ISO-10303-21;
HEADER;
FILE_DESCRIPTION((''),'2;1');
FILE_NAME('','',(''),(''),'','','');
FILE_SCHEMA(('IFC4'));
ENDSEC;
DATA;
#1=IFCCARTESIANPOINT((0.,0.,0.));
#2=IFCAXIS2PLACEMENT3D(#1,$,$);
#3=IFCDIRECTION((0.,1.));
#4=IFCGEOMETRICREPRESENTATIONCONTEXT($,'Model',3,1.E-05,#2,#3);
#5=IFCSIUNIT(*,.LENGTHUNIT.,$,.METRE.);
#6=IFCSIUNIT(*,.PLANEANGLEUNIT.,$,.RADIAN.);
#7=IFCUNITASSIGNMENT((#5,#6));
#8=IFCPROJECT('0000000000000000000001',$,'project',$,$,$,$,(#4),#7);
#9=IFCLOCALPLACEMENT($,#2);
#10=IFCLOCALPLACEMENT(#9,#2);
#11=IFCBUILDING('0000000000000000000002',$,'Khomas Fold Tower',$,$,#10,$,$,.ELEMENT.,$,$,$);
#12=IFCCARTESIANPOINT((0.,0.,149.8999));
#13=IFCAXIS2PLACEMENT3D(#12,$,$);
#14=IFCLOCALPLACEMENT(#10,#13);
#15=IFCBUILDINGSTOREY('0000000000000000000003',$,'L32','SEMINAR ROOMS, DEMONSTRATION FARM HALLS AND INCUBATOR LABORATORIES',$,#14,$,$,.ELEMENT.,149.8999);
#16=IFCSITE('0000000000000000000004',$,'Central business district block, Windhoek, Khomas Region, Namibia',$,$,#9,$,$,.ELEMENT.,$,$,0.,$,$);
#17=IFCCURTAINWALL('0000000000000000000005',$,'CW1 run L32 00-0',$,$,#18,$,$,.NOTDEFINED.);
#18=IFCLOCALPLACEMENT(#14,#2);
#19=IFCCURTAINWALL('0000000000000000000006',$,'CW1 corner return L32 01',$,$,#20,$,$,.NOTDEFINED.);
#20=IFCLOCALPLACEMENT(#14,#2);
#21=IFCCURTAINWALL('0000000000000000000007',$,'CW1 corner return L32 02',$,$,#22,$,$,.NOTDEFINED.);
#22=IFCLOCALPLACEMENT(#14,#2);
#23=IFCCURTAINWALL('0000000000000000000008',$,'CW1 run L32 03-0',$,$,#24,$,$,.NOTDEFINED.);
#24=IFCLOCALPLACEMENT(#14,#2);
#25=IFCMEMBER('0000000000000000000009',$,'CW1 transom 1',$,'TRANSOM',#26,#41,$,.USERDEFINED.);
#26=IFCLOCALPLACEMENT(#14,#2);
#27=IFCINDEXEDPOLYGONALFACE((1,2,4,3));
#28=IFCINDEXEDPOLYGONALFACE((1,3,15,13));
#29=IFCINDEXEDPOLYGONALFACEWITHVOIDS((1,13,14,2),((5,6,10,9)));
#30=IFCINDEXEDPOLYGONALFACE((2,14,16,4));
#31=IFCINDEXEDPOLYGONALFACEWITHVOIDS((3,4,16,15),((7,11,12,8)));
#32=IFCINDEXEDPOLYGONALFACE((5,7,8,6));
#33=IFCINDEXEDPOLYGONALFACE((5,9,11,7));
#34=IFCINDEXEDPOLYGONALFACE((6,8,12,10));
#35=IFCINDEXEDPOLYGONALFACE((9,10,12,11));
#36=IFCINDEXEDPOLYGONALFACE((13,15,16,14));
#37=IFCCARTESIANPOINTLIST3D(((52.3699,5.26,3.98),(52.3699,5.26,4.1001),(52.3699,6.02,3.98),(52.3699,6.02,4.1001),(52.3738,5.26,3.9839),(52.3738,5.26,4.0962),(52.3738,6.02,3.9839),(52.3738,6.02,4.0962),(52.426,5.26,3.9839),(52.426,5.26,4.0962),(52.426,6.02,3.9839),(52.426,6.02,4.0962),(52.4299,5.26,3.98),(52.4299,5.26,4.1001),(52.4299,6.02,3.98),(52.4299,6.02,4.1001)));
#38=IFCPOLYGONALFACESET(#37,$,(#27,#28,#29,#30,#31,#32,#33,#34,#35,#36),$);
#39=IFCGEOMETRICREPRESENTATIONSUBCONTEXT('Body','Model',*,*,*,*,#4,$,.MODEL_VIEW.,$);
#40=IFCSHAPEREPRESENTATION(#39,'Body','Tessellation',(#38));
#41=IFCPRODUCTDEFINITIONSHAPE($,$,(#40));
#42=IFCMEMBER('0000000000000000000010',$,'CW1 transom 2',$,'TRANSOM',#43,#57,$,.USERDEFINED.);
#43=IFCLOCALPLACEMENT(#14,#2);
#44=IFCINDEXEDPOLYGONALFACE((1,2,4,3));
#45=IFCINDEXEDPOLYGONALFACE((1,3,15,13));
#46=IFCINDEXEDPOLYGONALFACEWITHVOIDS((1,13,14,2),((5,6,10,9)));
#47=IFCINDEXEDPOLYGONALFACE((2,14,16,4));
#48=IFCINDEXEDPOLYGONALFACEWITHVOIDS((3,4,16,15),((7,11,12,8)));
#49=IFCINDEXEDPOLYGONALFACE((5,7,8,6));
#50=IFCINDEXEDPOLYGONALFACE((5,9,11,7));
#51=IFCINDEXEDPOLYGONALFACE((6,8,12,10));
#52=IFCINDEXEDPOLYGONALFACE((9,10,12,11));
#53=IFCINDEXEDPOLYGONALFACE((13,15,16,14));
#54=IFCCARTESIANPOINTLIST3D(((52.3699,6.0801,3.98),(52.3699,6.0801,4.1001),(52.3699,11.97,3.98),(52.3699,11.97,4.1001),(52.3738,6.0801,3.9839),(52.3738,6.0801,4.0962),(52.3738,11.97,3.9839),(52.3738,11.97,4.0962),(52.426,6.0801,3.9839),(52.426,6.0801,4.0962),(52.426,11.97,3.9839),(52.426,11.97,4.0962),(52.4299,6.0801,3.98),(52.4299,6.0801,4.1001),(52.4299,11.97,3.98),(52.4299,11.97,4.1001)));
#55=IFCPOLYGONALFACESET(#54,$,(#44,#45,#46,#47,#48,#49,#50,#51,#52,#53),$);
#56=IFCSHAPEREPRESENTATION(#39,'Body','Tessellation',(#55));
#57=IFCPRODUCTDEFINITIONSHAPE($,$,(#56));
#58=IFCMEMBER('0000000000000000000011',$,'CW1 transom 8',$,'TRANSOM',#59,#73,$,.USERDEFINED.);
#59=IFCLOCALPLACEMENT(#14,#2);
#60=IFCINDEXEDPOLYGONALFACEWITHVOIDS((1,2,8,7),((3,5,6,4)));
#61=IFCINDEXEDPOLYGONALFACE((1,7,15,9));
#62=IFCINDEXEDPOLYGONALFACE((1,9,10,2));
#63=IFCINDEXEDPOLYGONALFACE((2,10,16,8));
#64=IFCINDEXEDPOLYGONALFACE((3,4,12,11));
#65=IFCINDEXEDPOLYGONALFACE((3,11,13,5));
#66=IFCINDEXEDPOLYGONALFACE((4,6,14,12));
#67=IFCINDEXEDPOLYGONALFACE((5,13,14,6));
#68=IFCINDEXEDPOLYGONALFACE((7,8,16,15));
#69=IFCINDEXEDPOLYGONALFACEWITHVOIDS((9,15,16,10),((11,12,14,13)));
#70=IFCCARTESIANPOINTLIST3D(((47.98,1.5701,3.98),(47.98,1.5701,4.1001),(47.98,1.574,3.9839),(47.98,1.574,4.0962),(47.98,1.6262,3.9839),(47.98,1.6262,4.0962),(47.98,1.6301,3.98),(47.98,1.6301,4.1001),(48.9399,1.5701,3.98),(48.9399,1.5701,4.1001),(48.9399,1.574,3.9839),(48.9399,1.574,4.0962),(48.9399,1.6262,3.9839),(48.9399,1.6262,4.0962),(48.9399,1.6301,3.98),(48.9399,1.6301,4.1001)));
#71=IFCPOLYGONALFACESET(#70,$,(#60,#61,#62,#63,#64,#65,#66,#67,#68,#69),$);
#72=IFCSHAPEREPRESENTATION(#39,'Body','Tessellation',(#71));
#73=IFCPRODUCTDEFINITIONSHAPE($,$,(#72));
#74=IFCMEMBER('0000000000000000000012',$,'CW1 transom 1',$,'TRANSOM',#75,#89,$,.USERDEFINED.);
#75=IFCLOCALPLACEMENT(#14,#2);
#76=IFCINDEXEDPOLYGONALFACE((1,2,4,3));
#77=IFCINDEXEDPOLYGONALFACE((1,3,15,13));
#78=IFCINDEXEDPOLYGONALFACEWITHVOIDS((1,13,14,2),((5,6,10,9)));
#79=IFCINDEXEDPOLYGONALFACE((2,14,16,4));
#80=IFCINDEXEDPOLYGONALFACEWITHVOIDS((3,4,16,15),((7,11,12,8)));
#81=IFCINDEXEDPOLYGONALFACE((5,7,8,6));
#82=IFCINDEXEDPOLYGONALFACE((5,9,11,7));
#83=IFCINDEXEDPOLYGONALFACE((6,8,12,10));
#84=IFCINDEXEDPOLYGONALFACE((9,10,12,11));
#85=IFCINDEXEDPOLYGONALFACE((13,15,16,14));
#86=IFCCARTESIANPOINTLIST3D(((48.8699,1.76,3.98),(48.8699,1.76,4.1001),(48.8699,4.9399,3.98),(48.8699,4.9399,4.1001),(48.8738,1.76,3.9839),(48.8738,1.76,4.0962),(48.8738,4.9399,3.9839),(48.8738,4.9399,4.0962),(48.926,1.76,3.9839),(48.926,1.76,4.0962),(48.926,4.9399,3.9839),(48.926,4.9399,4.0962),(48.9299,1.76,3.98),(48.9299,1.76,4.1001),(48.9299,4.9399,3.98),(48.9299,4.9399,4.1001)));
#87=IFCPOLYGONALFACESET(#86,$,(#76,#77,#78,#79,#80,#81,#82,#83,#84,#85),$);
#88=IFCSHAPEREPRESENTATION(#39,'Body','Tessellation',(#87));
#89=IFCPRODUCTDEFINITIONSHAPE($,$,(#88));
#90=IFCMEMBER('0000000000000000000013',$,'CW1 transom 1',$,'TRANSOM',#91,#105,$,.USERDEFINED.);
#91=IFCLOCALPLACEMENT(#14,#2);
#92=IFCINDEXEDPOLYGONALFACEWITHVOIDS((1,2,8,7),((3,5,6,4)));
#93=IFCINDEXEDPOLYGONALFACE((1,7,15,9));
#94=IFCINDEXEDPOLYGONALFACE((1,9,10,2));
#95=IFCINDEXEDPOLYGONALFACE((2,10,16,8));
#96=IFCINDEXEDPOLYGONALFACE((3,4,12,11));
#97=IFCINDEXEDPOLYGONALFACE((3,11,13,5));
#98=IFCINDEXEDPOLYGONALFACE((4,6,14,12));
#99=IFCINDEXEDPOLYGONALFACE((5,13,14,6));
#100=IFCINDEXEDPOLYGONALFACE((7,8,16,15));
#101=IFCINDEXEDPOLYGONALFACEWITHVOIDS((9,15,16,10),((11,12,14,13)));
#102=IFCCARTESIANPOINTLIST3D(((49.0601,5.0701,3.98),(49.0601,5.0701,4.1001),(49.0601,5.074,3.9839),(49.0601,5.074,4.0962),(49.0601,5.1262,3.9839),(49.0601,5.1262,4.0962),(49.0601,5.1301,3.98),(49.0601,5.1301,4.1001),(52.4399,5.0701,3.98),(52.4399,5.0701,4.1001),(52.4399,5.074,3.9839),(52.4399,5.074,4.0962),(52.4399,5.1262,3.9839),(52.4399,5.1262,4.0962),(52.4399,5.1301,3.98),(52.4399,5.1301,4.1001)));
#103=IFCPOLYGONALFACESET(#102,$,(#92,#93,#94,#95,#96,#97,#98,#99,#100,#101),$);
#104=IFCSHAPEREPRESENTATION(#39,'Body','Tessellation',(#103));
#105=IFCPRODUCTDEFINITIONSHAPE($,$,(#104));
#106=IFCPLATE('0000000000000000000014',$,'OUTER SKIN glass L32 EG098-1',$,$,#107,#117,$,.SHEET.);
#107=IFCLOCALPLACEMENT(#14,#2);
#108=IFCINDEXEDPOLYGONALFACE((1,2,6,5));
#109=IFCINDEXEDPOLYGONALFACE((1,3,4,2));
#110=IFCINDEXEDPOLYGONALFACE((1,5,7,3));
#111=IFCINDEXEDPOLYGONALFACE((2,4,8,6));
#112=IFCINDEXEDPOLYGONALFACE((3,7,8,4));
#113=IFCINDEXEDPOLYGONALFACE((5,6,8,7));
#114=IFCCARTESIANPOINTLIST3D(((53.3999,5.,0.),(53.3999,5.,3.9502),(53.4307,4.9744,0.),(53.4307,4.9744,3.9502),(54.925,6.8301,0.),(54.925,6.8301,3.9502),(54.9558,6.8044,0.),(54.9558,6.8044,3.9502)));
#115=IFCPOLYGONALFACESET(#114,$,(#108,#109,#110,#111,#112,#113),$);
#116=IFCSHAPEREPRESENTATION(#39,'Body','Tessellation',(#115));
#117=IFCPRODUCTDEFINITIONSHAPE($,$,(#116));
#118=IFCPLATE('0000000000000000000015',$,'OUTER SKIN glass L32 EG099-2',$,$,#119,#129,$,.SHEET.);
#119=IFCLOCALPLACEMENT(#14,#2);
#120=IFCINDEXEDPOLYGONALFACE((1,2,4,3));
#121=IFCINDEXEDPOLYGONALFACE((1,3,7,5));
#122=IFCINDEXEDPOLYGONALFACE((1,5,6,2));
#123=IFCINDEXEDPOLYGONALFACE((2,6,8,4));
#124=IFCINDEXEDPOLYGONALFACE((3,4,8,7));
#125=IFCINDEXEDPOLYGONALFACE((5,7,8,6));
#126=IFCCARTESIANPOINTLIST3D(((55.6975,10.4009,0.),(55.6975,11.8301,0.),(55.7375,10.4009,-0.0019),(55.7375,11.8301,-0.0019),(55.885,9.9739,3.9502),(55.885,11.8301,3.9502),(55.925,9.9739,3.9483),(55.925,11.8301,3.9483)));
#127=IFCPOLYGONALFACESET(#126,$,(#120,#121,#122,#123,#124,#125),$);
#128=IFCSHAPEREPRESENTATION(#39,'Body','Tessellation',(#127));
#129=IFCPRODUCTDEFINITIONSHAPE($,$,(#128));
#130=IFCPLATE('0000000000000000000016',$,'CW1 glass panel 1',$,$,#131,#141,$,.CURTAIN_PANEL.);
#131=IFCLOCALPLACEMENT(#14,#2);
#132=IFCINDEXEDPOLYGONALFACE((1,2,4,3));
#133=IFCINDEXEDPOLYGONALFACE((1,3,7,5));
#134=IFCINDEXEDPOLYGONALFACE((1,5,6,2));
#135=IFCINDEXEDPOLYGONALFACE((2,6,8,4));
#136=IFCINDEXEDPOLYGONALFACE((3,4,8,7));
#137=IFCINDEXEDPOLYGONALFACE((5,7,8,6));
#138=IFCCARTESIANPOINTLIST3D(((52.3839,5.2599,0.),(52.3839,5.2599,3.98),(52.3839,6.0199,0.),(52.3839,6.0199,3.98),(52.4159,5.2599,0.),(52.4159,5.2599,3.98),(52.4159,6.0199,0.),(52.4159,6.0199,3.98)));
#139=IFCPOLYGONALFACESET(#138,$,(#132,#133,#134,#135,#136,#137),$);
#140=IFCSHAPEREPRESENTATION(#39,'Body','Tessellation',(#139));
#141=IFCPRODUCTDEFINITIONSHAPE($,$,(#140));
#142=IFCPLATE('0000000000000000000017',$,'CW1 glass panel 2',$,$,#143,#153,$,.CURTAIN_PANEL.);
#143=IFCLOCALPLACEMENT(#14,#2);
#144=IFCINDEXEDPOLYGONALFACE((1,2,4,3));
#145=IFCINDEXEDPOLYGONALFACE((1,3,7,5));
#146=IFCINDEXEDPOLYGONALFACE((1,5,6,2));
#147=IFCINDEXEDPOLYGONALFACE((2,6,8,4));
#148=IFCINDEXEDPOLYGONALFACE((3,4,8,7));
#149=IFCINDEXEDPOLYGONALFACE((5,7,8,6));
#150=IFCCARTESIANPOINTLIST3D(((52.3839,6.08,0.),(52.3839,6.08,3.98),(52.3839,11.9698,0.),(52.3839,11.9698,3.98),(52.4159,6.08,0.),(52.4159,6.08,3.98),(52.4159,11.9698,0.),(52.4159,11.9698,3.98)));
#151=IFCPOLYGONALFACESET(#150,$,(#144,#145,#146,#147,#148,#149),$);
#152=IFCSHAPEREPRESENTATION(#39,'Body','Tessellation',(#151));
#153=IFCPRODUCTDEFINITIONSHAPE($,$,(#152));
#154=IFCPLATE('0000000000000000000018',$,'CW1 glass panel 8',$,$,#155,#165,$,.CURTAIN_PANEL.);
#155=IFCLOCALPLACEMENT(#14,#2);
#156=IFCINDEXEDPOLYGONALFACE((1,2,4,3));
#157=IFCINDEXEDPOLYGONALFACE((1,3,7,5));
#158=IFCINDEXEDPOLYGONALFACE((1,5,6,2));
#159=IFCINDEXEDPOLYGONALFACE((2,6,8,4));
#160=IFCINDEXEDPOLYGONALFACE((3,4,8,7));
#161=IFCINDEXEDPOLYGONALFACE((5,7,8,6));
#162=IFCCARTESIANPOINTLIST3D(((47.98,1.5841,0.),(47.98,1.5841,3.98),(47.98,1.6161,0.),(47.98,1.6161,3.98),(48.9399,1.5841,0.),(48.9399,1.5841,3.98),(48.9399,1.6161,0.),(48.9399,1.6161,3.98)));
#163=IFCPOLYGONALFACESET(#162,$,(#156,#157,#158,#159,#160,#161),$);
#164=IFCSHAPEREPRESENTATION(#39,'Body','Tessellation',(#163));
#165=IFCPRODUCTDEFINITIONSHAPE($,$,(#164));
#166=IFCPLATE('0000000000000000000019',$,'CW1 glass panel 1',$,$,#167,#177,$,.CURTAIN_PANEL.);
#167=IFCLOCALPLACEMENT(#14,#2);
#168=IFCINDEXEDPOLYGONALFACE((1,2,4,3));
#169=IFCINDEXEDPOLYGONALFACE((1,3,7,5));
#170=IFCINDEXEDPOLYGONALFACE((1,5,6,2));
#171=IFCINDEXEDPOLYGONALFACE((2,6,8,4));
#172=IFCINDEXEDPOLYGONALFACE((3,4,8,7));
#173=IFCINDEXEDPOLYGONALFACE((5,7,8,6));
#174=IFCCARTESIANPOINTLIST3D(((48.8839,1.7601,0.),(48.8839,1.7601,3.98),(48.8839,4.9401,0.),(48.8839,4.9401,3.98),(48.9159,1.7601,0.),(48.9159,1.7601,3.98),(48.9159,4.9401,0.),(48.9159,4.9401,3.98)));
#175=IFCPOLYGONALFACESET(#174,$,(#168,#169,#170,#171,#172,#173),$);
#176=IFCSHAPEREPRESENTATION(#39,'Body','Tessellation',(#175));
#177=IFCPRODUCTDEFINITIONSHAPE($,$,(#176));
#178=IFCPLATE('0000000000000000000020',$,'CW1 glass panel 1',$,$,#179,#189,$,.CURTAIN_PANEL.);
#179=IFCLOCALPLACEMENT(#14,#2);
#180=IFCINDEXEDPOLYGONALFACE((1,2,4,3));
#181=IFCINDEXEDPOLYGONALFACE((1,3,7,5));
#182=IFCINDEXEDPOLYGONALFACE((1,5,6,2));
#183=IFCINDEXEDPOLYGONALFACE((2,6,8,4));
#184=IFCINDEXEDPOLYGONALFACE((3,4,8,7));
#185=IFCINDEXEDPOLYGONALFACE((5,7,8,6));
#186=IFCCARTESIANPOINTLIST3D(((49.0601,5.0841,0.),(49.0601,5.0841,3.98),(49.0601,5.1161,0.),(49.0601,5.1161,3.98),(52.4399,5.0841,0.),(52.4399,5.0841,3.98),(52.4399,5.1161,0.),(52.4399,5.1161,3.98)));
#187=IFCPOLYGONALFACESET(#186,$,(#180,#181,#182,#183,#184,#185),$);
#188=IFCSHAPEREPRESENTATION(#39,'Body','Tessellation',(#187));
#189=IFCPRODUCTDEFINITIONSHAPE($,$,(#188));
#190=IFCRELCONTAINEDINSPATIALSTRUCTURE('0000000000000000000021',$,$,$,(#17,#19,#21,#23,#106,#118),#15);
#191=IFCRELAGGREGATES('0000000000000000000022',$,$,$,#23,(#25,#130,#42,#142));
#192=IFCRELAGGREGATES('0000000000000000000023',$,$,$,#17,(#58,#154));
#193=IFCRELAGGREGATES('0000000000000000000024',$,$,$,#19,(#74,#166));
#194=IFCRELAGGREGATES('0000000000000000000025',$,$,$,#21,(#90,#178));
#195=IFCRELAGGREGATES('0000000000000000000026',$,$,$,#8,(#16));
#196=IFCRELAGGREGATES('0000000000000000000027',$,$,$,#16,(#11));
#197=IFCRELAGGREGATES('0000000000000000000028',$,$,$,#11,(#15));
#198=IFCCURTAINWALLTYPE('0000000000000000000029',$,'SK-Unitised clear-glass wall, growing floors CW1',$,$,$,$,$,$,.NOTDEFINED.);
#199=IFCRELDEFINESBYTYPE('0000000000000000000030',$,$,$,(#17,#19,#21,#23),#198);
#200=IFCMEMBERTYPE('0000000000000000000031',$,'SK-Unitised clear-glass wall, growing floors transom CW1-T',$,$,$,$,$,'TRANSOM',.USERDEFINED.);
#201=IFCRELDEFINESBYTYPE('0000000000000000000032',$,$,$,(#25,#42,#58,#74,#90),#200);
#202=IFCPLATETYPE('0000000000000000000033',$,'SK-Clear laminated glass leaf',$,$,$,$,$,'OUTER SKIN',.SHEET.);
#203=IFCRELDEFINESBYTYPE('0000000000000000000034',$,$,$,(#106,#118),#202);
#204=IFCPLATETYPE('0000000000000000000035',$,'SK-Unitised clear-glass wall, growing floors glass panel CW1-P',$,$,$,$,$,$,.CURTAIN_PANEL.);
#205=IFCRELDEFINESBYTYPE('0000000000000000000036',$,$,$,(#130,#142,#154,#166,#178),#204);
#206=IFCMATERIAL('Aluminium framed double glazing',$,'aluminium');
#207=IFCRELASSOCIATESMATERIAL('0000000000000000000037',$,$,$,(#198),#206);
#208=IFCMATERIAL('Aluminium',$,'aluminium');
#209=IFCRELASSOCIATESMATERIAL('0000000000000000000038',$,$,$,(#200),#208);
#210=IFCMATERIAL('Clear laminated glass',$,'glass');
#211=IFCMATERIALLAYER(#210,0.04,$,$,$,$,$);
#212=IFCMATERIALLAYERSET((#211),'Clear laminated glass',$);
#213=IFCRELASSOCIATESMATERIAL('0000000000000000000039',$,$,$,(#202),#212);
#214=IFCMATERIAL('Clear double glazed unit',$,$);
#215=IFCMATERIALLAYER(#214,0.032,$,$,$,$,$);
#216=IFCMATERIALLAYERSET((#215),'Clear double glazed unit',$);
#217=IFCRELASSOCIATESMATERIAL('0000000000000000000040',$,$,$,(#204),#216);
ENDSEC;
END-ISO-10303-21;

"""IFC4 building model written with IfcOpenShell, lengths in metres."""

from ifc_helpers import new_model, si_unit, direction, frame, origin, origin_2d, place, context, subcontext, project, spatial, polyline, rectangle, hollow_rectangle, outline, extrude, source, transform, mapped, material, layer, layer_set, material_profile, profile_set, type_object, element, aggregate, save


model = new_model("IFC4")

# Units and contexts
model_context = context("Model", 3, precision=1e-05, world=origin(), true_north=direction((0.0, 1.0)))
body_context = subcontext(model_context, "Body", "Model", "MODEL_VIEW")
ifc_project = project(units=[si_unit("LENGTHUNIT", "METRE"), si_unit("PLANEANGLEUNIT", "RADIAN")], contexts=[model_context])

# Site, building, storey
site_placement = place(None, origin())
site = spatial("IfcSite", under=ifc_project, at=site_placement, Name="Central business district block, Windhoek, Khomas Region, Namibia", CompositionType="ELEMENT", RefElevation=0.0)
building_placement = place(site_placement, origin())
building = spatial("IfcBuilding", under=site, at=building_placement, Name="Khomas Fold Tower", CompositionType="ELEMENT")
storey_placement = place(building_placement, frame((0.0, 0.0, 149.8999)))
storey = spatial("IfcBuildingStorey", under=building, at=storey_placement, Name="L32", Description="SEMINAR ROOMS, DEMONSTRATION FARM HALLS AND INCUBATOR LABORATORIES", CompositionType="ELEMENT", Elevation=149.8999)

# Curtain wall
ifc_material_1 = material(Name="Aluminium framed double glazing", Category="aluminium")
curtain_wall_type = type_object("IfcCurtainWallType", Name="SK-Unitised clear-glass wall, growing floors CW1", PredefinedType="NOTDEFINED", material=ifc_material_1)
curtain_wall_1_placement = place(storey_placement, origin())
curtain_wall_1 = element("IfcCurtainWall", 1, at=curtain_wall_1_placement, inside=storey, type_object=curtain_wall_type, Name="CW1 run L32 00-0", PredefinedType="NOTDEFINED")

# Curtain walls, members
curtain_wall_2_placement = place(storey_placement, origin())
curtain_wall_2 = element("IfcCurtainWall", 2, at=curtain_wall_2_placement, inside=storey, type_object=curtain_wall_type, Name="CW1 corner return L32 01", PredefinedType="NOTDEFINED")
curtain_wall_3_placement = place(storey_placement, origin())
curtain_wall_3 = element("IfcCurtainWall", 3, at=curtain_wall_3_placement, inside=storey, type_object=curtain_wall_type, Name="CW1 corner return L32 02", PredefinedType="NOTDEFINED")
curtain_wall_4_placement = place(storey_placement, origin())
curtain_wall_4 = element("IfcCurtainWall", 4, at=curtain_wall_4_placement, inside=storey, type_object=curtain_wall_type, Name="CW1 run L32 03-0", PredefinedType="NOTDEFINED")
ifc_material_2 = material(Name="Aluminium", Category="aluminium")
ifc_material_profile_1 = material_profile(ifc_material_2, hollow_rectangle(XDim=0.0601, YDim=0.1201, WallThickness=0.0039, at=origin_2d()), Name="SK-Unitised clear-glass wall, growing floors transom CW1-T")
ifc_profile_set_1 = profile_set([ifc_material_profile_1], Name="Aluminium")
member_type_1 = type_object("IfcMemberType", Name="SK-Unitised clear-glass wall, growing floors transom CW1-T", ElementType="TRANSOM", PredefinedType="USERDEFINED", material=ifc_profile_set_1)
shared_shape_1 = source(origin(), body_context, "Body", "SweptSolid", [
    extrude(hollow_rectangle(XDim=0.0601, YDim=0.1201, WallThickness=0.0039, at=origin_2d()), origin(), (0.0, 0.0, 1.0), 0.76),
])
member_1_placement = place(storey_placement, frame((52.3999, 5.26, 4.04), z_axis=(0.0, 1.0, 0.0), x_axis=(-1.0, 0.0, 0.0)))
member_1 = element("IfcMember", 5, at=member_1_placement, type_object=member_type_1, Name="CW1 transom 1", ObjectType="TRANSOM", PredefinedType="USERDEFINED", context=body_context, shape_type="MappedRepresentation", body=[
    mapped(shared_shape_1, transform((0.0, 0.0, 0.0))),
])
shared_shape_2 = source(origin(), body_context, "Body", "SweptSolid", [
    extrude(hollow_rectangle(XDim=0.0601, YDim=0.1201, WallThickness=0.0039, at=origin_2d()), origin(), (0.0, 0.0, 1.0), 5.8899),
])
member_2_placement = place(storey_placement, frame((52.3999, 6.0801, 4.04), z_axis=(0.0, 1.0, 0.0), x_axis=(-1.0, 0.0, 0.0)))
member_2 = element("IfcMember", 6, at=member_2_placement, type_object=member_type_1, Name="CW1 transom 2", ObjectType="TRANSOM", PredefinedType="USERDEFINED", context=body_context, shape_type="MappedRepresentation", body=[
    mapped(shared_shape_2, transform((0.0, 0.0, 0.0))),
])

# Members
shared_shape_3 = source(origin(), body_context, "Body", "SweptSolid", [
    extrude(hollow_rectangle(XDim=0.0601, YDim=0.1201, WallThickness=0.0039, at=origin_2d()), origin(), (0.0, 0.0, 1.0), 0.96),
])
member_3_placement = place(storey_placement, frame((47.98, 1.6001, 4.04), z_axis=(1.0, 0.0, 0.0), x_axis=(0.0, 1.0, 0.0)))
member_3 = element("IfcMember", 7, at=member_3_placement, type_object=member_type_1, Name="CW1 transom 8", ObjectType="TRANSOM", PredefinedType="USERDEFINED", context=body_context, shape_type="MappedRepresentation", body=[
    mapped(shared_shape_3, transform((0.0, 0.0, 0.0))),
])
shared_shape_4 = source(origin(), body_context, "Body", "SweptSolid", [
    extrude(hollow_rectangle(XDim=0.0601, YDim=0.1201, WallThickness=0.0039, at=origin_2d()), origin(), (0.0, 0.0, 1.0), 3.1799),
])
member_4_placement = place(storey_placement, frame((48.8999, 1.76, 4.04), z_axis=(0.0, 1.0, 0.0), x_axis=(-1.0, 0.0, 0.0)))
member_4 = element("IfcMember", 8, at=member_4_placement, type_object=member_type_1, Name="CW1 transom 1", ObjectType="TRANSOM", PredefinedType="USERDEFINED", context=body_context, shape_type="MappedRepresentation", body=[
    mapped(shared_shape_4, transform((0.0, 0.0, 0.0))),
])
shared_shape_5 = source(origin(), body_context, "Body", "SweptSolid", [
    extrude(hollow_rectangle(XDim=0.0601, YDim=0.1201, WallThickness=0.0039, at=origin_2d()), origin(), (0.0, 0.0, 1.0), 3.3799),
])
member_5_placement = place(storey_placement, frame((49.0601, 5.1001, 4.04), z_axis=(1.0, 0.0, 0.0), x_axis=(0.0, 1.0, 0.0)))
member_5 = element("IfcMember", 9, at=member_5_placement, type_object=member_type_1, Name="CW1 transom 1", ObjectType="TRANSOM", PredefinedType="USERDEFINED", context=body_context, shape_type="MappedRepresentation", body=[
    mapped(shared_shape_5, transform((0.0, 0.0, 0.0))),
])

# Plates
ifc_material_3 = material(Name="Clear laminated glass", Category="glass")
ifc_layer_1 = layer(ifc_material_3, 0.04)
ifc_layer_set_1 = layer_set([ifc_layer_1], Name="Clear laminated glass")
plate_type_1 = type_object("IfcPlateType", Name="SK-Clear laminated glass leaf", ElementType="OUTER SKIN", PredefinedType="SHEET", material=ifc_layer_set_1)
plate_1_placement = place(storey_placement, frame((53.3999, 5.0, 0.0), z_axis=(-0.768204, 0.640205, 0.0), x_axis=(0.0, 0.0, 1.0)))
element("IfcPlate", 10, at=plate_1_placement, inside=storey, type_object=plate_type_1, Name="OUTER SKIN glass L32 EG098-1", PredefinedType="SHEET", context=body_context, shape_type="SweptSolid", body=[
    extrude(outline(polyline([(0.0, 0.0), (3.9502, 0.0), (3.9502, 2.3823), (0.0, 2.3823), (0.0, 0.0)])), origin(), (0.0, 0.0, -1.0), 0.04),
])
plate_2_placement = place(storey_placement, frame((55.6975, 10.4009, 0.0), z_axis=(-0.998875, 0.0, 0.047413), x_axis=(0.047139, -0.107351, 0.993103)))
element("IfcPlate", 11, at=plate_2_placement, inside=storey, type_object=plate_type_1, Name="OUTER SKIN glass L32 EG099-2", PredefinedType="SHEET", context=body_context, shape_type="SweptSolid", body=[
    extrude(outline(polyline([(0.0, 0.0), (3.9776, 0.0), (3.7784, 1.8455), (-0.1534, 1.4209), (0.0, 0.0)])), origin(), (0.0, 0.0, -1.0), 0.04),
])

# Plates
ifc_material_4 = material(Name="Clear double glazed unit")
ifc_layer_2 = layer(ifc_material_4, 0.032)
ifc_layer_set_2 = layer_set([ifc_layer_2], Name="Clear double glazed unit")
plate_type_2 = type_object("IfcPlateType", Name="SK-Unitised clear-glass wall, growing floors glass panel CW1-P", PredefinedType="CURTAIN_PANEL", material=ifc_layer_set_2)
shared_shape_6 = source(origin(), body_context, "Body", "SweptSolid", [
    extrude(rectangle(XDim=0.76, YDim=0.032, at=origin_2d()), origin(), (0.0, 0.0, 1.0), 3.98),
])
plate_3_placement = place(storey_placement, frame((52.3999, 5.6399, 0.0), z_axis=(0.0, 0.0, 1.0), x_axis=(0.0, 1.0, 0.0)))
plate_3 = element("IfcPlate", 12, at=plate_3_placement, type_object=plate_type_2, Name="CW1 glass panel 1", PredefinedType="CURTAIN_PANEL", context=body_context, shape_type="MappedRepresentation", body=[
    mapped(shared_shape_6, transform((0.0, 0.0, 0.0))),
])
shared_shape_7 = source(origin(), body_context, "Body", "SweptSolid", [
    extrude(rectangle(XDim=5.8899, YDim=0.032, at=origin_2d()), origin(), (0.0, 0.0, 1.0), 3.98),
])
plate_4_placement = place(storey_placement, frame((52.3999, 9.0249, 0.0), z_axis=(0.0, 0.0, 1.0), x_axis=(0.0, 1.0, 0.0)))
plate_4 = element("IfcPlate", 13, at=plate_4_placement, type_object=plate_type_2, Name="CW1 glass panel 2", PredefinedType="CURTAIN_PANEL", context=body_context, shape_type="MappedRepresentation", body=[
    mapped(shared_shape_7, transform((0.0, 0.0, 0.0))),
])
aggregate(curtain_wall_4, [member_1, plate_3, member_2, plate_4])
shared_shape_8 = source(origin(), body_context, "Body", "SweptSolid", [
    extrude(rectangle(XDim=0.96, YDim=0.032, at=origin_2d()), origin(), (0.0, 0.0, 1.0), 3.98),
])
plate_5_placement = place(storey_placement, frame((48.46, 1.6001, 0.0), z_axis=(0.0, 0.0, 1.0), x_axis=(1.0, 0.0, 0.0)))
plate_5 = element("IfcPlate", 14, at=plate_5_placement, type_object=plate_type_2, Name="CW1 glass panel 8", PredefinedType="CURTAIN_PANEL", context=body_context, shape_type="MappedRepresentation", body=[
    mapped(shared_shape_8, transform((0.0, 0.0, 0.0))),
])
aggregate(curtain_wall_1, [member_3, plate_5])
shared_shape_9 = source(origin(), body_context, "Body", "SweptSolid", [
    extrude(rectangle(XDim=3.1799, YDim=0.032, at=origin_2d()), origin(), (0.0, 0.0, 1.0), 3.98),
])
plate_6_placement = place(storey_placement, frame((48.8999, 3.3501, 0.0), z_axis=(0.0, 0.0, 1.0), x_axis=(0.0, 1.0, 0.0)))
plate_6 = element("IfcPlate", 15, at=plate_6_placement, type_object=plate_type_2, Name="CW1 glass panel 1", PredefinedType="CURTAIN_PANEL", context=body_context, shape_type="MappedRepresentation", body=[
    mapped(shared_shape_9, transform((0.0, 0.0, 0.0))),
])
aggregate(curtain_wall_2, [member_4, plate_6])
shared_shape_10 = source(origin(), body_context, "Body", "SweptSolid", [
    extrude(rectangle(XDim=3.3799, YDim=0.032, at=origin_2d()), origin(), (0.0, 0.0, 1.0), 3.98),
])
plate_7_placement = place(storey_placement, frame((50.75, 5.1001, 0.0), z_axis=(0.0, 0.0, 1.0), x_axis=(1.0, 0.0, 0.0)))
plate_7 = element("IfcPlate", 16, at=plate_7_placement, type_object=plate_type_2, Name="CW1 glass panel 1", PredefinedType="CURTAIN_PANEL", context=body_context, shape_type="MappedRepresentation", body=[
    mapped(shared_shape_10, transform((0.0, 0.0, 0.0))),
])
aggregate(curtain_wall_3, [member_5, plate_7])

save(model, "model.ifc")
